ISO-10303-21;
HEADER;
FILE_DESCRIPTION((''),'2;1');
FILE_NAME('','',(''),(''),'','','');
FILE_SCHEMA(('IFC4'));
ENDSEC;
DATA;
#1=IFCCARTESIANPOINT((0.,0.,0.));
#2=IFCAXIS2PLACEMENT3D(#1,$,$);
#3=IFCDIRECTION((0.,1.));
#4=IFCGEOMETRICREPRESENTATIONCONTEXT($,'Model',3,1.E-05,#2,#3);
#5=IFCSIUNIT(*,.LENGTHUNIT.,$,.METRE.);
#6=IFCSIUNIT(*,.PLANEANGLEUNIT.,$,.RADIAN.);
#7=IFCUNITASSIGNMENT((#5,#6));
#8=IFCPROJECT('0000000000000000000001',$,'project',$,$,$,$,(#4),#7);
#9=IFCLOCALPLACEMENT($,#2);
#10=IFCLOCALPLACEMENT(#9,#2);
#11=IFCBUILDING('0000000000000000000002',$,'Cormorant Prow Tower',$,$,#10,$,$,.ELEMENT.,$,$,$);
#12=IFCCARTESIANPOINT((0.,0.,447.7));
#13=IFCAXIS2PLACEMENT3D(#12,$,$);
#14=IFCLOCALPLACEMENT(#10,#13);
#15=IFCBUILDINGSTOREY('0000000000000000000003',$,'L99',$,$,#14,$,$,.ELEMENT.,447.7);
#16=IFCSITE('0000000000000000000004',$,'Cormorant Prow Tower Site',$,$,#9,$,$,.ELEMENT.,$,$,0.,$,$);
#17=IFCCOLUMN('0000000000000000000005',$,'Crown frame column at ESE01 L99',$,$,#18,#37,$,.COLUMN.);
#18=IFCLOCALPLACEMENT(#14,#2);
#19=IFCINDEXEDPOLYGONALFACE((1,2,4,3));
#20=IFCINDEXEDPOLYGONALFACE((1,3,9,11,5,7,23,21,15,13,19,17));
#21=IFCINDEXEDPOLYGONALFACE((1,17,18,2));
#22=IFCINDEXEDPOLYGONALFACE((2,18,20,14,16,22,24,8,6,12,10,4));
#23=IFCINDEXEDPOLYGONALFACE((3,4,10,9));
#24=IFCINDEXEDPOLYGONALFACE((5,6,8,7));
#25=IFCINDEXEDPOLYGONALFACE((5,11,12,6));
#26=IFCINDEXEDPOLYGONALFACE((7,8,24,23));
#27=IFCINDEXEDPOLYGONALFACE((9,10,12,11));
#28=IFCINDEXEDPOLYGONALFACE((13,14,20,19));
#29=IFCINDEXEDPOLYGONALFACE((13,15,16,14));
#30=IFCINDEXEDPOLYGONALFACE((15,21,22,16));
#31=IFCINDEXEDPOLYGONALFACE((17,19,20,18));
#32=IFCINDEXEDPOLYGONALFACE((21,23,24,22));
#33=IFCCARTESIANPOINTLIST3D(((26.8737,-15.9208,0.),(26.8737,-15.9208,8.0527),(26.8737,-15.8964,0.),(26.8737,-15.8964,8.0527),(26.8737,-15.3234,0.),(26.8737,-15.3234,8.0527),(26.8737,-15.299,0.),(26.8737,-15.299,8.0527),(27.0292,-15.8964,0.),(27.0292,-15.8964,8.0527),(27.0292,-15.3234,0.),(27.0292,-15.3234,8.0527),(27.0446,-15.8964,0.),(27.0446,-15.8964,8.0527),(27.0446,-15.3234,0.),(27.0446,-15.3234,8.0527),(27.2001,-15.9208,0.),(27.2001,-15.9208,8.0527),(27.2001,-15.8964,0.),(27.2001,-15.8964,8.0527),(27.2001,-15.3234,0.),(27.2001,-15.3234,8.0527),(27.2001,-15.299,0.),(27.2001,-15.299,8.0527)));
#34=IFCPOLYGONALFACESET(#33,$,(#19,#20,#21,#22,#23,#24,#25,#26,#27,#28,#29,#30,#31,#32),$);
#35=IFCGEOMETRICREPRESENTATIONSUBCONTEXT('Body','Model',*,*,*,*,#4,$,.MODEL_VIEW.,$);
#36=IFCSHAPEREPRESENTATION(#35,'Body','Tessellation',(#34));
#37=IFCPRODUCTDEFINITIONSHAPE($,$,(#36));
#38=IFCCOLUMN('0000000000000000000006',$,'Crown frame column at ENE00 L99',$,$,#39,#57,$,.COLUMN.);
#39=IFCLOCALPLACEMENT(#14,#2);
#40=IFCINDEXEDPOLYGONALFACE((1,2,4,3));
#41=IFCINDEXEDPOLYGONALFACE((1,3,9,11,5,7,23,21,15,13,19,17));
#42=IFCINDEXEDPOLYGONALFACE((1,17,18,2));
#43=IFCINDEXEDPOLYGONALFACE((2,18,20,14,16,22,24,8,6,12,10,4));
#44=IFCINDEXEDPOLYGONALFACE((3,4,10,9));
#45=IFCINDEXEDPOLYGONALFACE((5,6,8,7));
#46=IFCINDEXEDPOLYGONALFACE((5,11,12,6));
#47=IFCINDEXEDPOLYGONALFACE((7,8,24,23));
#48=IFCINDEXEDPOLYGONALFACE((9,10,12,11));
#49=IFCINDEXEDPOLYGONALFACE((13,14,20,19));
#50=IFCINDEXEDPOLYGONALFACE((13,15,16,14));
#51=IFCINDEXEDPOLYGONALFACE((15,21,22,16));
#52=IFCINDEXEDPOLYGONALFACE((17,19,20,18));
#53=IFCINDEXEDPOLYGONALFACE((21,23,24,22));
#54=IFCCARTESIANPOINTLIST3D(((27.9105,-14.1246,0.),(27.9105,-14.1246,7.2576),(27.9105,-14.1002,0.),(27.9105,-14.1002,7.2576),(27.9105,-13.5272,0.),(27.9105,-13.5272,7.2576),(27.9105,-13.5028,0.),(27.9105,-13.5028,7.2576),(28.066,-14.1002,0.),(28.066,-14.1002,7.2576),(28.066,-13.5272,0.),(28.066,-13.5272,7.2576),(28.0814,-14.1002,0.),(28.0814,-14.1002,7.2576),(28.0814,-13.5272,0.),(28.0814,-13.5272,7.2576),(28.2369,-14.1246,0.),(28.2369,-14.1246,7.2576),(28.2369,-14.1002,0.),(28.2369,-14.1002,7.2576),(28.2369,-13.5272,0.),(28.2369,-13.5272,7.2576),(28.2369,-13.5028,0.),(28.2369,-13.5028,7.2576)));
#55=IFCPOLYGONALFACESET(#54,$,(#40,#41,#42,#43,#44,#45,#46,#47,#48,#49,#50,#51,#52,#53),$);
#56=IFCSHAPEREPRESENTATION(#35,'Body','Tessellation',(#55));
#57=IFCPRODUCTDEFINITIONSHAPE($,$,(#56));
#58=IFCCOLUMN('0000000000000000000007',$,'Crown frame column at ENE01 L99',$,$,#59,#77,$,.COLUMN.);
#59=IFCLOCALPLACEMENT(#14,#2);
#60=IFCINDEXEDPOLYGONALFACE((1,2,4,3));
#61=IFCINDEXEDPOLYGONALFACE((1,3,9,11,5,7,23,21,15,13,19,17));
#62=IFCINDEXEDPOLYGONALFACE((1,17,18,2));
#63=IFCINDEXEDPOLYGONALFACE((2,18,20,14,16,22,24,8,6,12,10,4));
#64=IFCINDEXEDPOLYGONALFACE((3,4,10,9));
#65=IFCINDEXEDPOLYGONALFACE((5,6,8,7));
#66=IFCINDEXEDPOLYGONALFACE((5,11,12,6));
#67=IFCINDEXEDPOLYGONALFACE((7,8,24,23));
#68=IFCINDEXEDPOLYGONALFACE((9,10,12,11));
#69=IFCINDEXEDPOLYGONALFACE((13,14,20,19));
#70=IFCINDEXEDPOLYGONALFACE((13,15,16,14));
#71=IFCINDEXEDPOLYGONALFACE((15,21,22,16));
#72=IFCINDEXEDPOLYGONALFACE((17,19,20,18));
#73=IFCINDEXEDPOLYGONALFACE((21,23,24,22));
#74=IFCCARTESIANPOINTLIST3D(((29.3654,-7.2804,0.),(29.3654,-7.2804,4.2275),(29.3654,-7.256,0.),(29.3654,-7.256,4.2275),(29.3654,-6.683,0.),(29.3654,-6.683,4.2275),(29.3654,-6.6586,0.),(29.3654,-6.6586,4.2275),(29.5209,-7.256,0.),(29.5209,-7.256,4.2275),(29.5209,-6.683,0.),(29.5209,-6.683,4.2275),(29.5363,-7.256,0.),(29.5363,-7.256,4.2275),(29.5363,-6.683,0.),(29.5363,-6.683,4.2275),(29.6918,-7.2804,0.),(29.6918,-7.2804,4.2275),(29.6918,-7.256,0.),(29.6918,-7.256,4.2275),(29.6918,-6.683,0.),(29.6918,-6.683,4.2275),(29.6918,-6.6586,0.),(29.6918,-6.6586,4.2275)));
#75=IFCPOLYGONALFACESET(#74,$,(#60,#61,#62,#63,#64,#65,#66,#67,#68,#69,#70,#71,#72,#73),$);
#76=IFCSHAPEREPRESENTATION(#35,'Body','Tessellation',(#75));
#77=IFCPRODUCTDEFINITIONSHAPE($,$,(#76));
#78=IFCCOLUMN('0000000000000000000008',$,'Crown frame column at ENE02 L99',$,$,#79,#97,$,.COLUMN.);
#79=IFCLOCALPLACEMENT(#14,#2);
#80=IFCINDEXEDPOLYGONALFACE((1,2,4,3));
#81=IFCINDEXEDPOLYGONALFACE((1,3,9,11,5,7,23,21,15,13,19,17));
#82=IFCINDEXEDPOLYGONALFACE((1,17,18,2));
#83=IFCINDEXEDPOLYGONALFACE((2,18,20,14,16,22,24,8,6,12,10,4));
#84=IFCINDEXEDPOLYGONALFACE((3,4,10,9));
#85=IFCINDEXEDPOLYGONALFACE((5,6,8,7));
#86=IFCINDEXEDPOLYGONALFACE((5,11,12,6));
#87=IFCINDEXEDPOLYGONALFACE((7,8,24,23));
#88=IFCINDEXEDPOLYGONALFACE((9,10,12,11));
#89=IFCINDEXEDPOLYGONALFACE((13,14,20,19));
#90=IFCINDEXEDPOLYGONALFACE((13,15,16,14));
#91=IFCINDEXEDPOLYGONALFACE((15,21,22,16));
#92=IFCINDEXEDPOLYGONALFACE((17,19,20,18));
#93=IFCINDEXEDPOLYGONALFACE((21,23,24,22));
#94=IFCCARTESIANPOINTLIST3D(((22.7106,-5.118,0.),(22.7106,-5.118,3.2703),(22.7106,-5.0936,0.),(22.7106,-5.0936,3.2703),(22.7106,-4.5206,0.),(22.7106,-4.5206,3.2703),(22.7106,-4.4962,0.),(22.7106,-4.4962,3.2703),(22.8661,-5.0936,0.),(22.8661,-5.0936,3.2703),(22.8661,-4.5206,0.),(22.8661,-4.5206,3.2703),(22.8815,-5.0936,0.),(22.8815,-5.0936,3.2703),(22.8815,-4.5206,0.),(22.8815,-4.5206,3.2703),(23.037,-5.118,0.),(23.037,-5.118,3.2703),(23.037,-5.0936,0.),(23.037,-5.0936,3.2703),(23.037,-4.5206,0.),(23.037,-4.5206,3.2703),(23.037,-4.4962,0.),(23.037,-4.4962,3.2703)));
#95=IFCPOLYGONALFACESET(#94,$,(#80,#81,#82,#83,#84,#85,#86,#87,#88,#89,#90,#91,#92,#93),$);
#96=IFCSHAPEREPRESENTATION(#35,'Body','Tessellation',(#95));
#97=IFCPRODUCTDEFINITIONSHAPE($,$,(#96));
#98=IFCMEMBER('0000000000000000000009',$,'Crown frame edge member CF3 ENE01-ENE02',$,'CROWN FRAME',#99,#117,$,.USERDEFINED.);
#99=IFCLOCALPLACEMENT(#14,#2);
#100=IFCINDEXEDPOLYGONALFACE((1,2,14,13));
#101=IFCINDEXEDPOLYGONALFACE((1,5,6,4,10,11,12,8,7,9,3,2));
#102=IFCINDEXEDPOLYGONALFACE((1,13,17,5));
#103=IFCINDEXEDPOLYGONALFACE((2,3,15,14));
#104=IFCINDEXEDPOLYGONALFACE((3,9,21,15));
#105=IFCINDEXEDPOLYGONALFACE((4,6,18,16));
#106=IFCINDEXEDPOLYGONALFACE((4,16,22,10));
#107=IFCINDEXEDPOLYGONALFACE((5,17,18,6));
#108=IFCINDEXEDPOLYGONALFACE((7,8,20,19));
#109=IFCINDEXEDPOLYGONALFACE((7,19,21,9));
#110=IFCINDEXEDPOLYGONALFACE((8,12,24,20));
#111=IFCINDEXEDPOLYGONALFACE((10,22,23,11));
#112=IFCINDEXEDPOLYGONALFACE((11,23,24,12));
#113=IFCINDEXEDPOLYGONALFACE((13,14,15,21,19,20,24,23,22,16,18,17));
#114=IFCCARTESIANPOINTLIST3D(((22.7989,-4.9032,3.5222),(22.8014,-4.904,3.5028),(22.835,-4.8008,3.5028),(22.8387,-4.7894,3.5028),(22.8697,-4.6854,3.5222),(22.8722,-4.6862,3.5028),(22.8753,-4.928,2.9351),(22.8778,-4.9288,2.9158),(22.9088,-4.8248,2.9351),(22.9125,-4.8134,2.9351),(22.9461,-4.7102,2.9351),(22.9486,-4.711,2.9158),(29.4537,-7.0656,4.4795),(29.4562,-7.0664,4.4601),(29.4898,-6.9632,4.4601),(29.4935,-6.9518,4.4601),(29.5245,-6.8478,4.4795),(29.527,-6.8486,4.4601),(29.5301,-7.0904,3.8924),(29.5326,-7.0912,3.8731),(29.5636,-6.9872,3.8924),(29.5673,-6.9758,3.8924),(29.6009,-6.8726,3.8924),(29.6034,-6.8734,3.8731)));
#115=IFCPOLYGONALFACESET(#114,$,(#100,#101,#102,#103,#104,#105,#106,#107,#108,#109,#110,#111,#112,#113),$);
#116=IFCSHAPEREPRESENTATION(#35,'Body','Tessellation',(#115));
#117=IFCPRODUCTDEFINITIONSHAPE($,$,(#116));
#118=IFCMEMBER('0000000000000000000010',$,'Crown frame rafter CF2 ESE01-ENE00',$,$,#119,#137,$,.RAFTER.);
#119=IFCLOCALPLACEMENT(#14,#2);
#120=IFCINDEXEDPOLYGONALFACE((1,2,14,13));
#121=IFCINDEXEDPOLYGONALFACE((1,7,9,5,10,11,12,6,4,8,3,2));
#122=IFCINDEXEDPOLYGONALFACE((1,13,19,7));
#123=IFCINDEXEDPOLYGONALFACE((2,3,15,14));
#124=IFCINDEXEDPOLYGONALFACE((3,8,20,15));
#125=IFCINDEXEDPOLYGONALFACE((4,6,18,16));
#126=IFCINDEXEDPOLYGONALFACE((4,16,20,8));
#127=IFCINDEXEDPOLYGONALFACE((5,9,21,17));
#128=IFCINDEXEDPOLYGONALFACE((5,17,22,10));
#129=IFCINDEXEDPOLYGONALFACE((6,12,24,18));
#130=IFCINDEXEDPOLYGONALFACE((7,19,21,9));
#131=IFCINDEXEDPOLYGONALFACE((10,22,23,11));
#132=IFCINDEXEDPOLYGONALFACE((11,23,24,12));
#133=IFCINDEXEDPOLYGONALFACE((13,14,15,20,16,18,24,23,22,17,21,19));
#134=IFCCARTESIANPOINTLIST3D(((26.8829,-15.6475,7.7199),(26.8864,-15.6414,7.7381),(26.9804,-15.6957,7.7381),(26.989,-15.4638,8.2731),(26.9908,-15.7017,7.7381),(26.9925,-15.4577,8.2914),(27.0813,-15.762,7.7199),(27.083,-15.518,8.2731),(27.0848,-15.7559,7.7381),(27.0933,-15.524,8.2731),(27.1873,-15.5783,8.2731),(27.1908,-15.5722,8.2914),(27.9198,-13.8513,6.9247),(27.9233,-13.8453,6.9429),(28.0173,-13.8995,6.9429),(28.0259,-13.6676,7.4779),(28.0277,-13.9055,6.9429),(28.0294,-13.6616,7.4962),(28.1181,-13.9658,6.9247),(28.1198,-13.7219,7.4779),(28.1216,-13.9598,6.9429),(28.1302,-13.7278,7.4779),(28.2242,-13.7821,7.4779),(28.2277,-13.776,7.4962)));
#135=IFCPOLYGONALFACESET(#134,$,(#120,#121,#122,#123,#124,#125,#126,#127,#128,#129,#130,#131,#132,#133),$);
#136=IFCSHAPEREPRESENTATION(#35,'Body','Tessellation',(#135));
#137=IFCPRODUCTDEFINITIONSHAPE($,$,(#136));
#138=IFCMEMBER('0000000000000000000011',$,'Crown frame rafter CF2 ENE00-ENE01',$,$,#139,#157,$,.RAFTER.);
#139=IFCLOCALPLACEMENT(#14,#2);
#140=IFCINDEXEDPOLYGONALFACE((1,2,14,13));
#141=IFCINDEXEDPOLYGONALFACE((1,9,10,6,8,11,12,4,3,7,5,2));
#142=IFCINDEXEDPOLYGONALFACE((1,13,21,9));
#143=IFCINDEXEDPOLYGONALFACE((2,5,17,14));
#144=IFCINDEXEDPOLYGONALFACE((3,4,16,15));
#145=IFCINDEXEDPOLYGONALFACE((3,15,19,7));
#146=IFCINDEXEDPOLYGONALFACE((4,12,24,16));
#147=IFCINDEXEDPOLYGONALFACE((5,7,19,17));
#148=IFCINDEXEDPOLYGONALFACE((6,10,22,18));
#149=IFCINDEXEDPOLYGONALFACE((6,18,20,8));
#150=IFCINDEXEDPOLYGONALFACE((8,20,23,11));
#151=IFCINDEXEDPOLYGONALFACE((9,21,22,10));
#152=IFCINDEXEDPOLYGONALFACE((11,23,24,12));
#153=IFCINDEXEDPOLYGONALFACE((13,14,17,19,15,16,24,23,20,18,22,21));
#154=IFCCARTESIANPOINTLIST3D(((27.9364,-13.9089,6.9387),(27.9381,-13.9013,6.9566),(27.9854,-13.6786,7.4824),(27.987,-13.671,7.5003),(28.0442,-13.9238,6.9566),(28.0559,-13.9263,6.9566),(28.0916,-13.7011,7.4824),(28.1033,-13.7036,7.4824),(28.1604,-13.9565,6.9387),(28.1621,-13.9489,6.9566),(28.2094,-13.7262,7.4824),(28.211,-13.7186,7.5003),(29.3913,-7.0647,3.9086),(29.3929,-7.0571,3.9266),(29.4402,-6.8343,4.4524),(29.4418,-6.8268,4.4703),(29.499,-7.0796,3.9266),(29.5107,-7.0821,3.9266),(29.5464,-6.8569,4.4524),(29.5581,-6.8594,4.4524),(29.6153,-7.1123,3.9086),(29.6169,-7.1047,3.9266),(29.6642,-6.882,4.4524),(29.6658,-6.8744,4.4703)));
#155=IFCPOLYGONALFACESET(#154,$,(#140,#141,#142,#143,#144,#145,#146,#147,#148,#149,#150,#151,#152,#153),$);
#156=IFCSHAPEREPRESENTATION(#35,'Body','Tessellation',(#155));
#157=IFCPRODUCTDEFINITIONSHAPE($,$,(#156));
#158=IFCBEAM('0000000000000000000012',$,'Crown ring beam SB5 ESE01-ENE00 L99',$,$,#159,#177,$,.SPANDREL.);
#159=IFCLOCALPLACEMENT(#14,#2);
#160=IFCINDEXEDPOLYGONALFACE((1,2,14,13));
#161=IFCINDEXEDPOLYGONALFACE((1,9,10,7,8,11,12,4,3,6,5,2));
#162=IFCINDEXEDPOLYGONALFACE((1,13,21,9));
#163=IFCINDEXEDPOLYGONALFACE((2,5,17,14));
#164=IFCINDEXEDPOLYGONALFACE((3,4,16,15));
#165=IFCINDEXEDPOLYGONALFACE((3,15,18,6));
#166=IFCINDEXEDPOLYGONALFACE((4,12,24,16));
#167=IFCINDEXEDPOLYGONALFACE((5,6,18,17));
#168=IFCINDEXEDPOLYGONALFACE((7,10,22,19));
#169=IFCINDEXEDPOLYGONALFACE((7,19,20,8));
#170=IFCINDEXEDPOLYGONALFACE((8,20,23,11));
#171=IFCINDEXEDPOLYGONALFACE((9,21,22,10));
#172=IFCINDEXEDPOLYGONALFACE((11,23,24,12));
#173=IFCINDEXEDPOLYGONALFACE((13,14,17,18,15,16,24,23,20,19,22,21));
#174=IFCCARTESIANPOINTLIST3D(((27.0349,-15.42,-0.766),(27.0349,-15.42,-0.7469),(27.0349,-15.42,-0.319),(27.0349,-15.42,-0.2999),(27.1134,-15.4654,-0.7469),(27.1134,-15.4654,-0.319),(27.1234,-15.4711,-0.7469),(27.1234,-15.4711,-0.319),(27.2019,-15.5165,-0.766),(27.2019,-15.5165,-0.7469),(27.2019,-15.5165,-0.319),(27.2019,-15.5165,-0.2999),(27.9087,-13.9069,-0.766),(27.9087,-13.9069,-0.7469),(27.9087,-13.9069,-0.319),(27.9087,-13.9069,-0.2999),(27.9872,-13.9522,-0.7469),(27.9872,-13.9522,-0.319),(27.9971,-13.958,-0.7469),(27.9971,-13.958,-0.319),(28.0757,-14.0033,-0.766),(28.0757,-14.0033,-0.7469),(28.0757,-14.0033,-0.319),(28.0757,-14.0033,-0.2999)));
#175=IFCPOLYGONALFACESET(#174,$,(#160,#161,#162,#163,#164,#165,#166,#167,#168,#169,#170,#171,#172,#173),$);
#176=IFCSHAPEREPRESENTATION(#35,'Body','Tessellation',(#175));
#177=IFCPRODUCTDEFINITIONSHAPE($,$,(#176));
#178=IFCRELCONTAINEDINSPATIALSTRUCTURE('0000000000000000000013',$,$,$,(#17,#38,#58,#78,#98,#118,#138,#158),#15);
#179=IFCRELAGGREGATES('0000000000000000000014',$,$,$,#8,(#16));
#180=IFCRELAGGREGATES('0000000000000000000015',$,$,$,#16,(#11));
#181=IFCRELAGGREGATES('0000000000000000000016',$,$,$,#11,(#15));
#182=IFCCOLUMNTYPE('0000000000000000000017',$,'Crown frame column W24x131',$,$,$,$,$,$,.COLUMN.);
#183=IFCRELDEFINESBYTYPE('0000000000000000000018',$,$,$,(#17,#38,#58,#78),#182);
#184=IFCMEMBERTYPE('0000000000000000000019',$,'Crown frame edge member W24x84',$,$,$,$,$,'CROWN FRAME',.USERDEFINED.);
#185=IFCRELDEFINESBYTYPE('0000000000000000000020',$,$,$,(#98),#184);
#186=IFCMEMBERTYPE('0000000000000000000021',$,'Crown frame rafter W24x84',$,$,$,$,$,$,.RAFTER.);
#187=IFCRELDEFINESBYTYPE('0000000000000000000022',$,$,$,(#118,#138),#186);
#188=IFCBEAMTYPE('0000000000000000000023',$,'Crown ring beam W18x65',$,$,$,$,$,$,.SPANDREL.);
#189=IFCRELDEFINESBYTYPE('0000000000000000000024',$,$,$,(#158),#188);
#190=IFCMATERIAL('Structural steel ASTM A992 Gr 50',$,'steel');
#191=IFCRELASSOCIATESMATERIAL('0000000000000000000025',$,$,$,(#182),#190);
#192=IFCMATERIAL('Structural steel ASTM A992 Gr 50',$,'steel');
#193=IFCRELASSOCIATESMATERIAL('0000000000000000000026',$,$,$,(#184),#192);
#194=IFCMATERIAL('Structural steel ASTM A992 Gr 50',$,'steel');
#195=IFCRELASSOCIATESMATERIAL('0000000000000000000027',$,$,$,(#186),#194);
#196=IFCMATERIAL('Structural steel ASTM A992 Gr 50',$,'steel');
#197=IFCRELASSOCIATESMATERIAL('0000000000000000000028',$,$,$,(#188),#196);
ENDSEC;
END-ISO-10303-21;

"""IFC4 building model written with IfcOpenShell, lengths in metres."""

from ifc_helpers import new_model, si_unit, direction, frame, origin, origin_2d, place, context, subcontext, project, spatial, i_section, extrude, material, material_profile, profile_set, type_object, element, save


model = new_model("IFC4")

# Units and contexts
model_context = context("Model", 3, precision=1e-05, world=origin(), true_north=direction((0.0, 1.0)))
body_context = subcontext(model_context, "Body", "Model", "MODEL_VIEW")
ifc_project = project(units=[si_unit("LENGTHUNIT", "METRE"), si_unit("PLANEANGLEUNIT", "RADIAN")], contexts=[model_context])

# Site, building, storey
site_placement = place(None, origin())
site = spatial("IfcSite", under=ifc_project, at=site_placement, Name="Cormorant Prow Tower Site", CompositionType="ELEMENT", RefElevation=0.0)
building_placement = place(site_placement, origin())
building = spatial("IfcBuilding", under=site, at=building_placement, Name="Cormorant Prow Tower", CompositionType="ELEMENT")
storey_placement = place(building_placement, frame((0.0, 0.0, 447.7)))
storey = spatial("IfcBuildingStorey", under=building, at=storey_placement, Name="L99", CompositionType="ELEMENT", Elevation=447.7)

# Columns
ifc_material_1 = material(Name="Structural steel ASTM A992 Gr 50", Category="steel")
ifc_material_profile_1 = material_profile(ifc_material_1, i_section(OverallWidth=0.3264, OverallDepth=0.6218, WebThickness=0.0154, FlangeThickness=0.0244, at=origin_2d()), Name="W24x131")
ifc_profile_set_1 = profile_set([ifc_material_profile_1], Name="Structural steel ASTM A992 Gr 50")
column_type = type_object("IfcColumnType", Name="Crown frame column W24x131", PredefinedType="COLUMN", material=ifc_profile_set_1)
column_1_placement = place(storey_placement, frame((27.0369, -15.6099, 0.0), z_axis=(0.0, 0.0, 1.0), x_axis=(1.0, 0.0, 0.0)))
element("IfcColumn", 1, at=column_1_placement, inside=storey, type_object=column_type, Name="Crown frame column at ESE01 L99", PredefinedType="COLUMN", context=body_context, shape_type="SweptSolid", body=[
    extrude(i_section(OverallWidth=0.3264, OverallDepth=0.6218, WebThickness=0.0154, FlangeThickness=0.0244, at=origin_2d()), origin(), (0.0, 0.0, 1.0), 8.0527),
])
column_2_placement = place(storey_placement, frame((28.0737, -13.8137, 0.0), z_axis=(0.0, 0.0, 1.0), x_axis=(1.0, 0.0, 0.0)))
element("IfcColumn", 2, at=column_2_placement, inside=storey, type_object=column_type, Name="Crown frame column at ENE00 L99", PredefinedType="COLUMN", context=body_context, shape_type="SweptSolid", body=[
    extrude(i_section(OverallWidth=0.3264, OverallDepth=0.6218, WebThickness=0.0154, FlangeThickness=0.0244, at=origin_2d()), origin(), (0.0, 0.0, 1.0), 7.2576),
])
column_3_placement = place(storey_placement, frame((29.5286, -6.9695, 0.0), z_axis=(0.0, 0.0, 1.0), x_axis=(1.0, 0.0, 0.0)))
element("IfcColumn", 3, at=column_3_placement, inside=storey, type_object=column_type, Name="Crown frame column at ENE01 L99", PredefinedType="COLUMN", context=body_context, shape_type="SweptSolid", body=[
    extrude(i_section(OverallWidth=0.3264, OverallDepth=0.6218, WebThickness=0.0154, FlangeThickness=0.0244, at=origin_2d()), origin(), (0.0, 0.0, 1.0), 4.2275),
])
column_4_placement = place(storey_placement, frame((22.8738, -4.8071, 0.0), z_axis=(0.0, 0.0, 1.0), x_axis=(1.0, 0.0, 0.0)))
element("IfcColumn", 4, at=column_4_placement, inside=storey, type_object=column_type, Name="Crown frame column at ENE02 L99", PredefinedType="COLUMN", context=body_context, shape_type="SweptSolid", body=[
    extrude(i_section(OverallWidth=0.3264, OverallDepth=0.6218, WebThickness=0.0154, FlangeThickness=0.0244, at=origin_2d()), origin(), (0.0, 0.0, 1.0), 3.2703),
])

# Members
ifc_material_2 = material(Name="Structural steel ASTM A992 Gr 50", Category="steel")
ifc_material_profile_2 = material_profile(ifc_material_2, i_section(OverallWidth=0.229, OverallDepth=0.6121, WebThickness=0.012, FlangeThickness=0.0195, at=origin_2d()), Name="W24x84")
ifc_profile_set_2 = profile_set([ifc_material_profile_2], Name="Structural steel ASTM A992 Gr 50")
member_type_1 = type_object("IfcMemberType", Name="Crown frame edge member W24x84", ElementType="CROWN FRAME", PredefinedType="USERDEFINED", material=ifc_profile_set_2)
member_1_placement = place(storey_placement, frame((29.5286, -6.9695, 4.1763), z_axis=(-0.942276, 0.306176, -0.135544), x_axis=(-0.309028, -0.951053, 0.0)))
element("IfcMember", 5, at=member_1_placement, inside=storey, type_object=member_type_1, Name="Crown frame edge member CF3 ENE01-ENE02", ObjectType="CROWN FRAME", PredefinedType="USERDEFINED", context=body_context, shape_type="SweptSolid", body=[
    extrude(i_section(OverallWidth=0.229, OverallDepth=0.6121, WebThickness=0.012, FlangeThickness=0.0195, at=origin_2d()), origin(), (0.0, 0.0, 1.0), 7.0625),
])
ifc_material_3 = material(Name="Structural steel ASTM A992 Gr 50", Category="steel")
ifc_material_profile_3 = material_profile(ifc_material_3, i_section(OverallWidth=0.229, OverallDepth=0.6121, WebThickness=0.012, FlangeThickness=0.0195, at=origin_2d()), Name="W24x84")
ifc_profile_set_3 = profile_set([ifc_material_profile_3], Name="Structural steel ASTM A992 Gr 50")
member_type_2 = type_object("IfcMemberType", Name="Crown frame rafter W24x84", PredefinedType="RAFTER", material=ifc_profile_set_3)
member_2_placement = place(storey_placement, frame((27.0369, -15.6099, 8.0056), z_axis=(0.466815, 0.808654, -0.357997), x_axis=(-0.866054, 0.49995, 0.0)))
element("IfcMember", 6, at=member_2_placement, inside=storey, type_object=member_type_2, Name="Crown frame rafter CF2 ESE01-ENE00", PredefinedType="RAFTER", context=body_context, shape_type="SweptSolid", body=[
    extrude(i_section(OverallWidth=0.229, OverallDepth=0.6121, WebThickness=0.012, FlangeThickness=0.0195, at=origin_2d()), origin(), (0.0, 0.0, 1.0), 2.2212),
])
member_3_placement = place(storey_placement, frame((28.0737, -13.8137, 7.2195), z_axis=(0.190797, 0.8976, -0.397379), x_axis=(-0.978146, 0.207918, 0.0)))
element("IfcMember", 7, at=member_3_placement, inside=storey, type_object=member_type_2, Name="Crown frame rafter CF2 ENE00-ENE01", PredefinedType="RAFTER", context=body_context, shape_type="SweptSolid", body=[
    extrude(i_section(OverallWidth=0.229, OverallDepth=0.6121, WebThickness=0.012, FlangeThickness=0.0195, at=origin_2d()), origin(), (0.0, 0.0, 1.0), 7.625),
])

# Beam
ifc_material_4 = material(Name="Structural steel ASTM A992 Gr 50", Category="steel")
ifc_material_profile_4 = material_profile(ifc_material_4, i_section(OverallWidth=0.1929, OverallDepth=0.4661, WebThickness=0.0115, FlangeThickness=0.019, at=origin_2d()), Name="W18x65")
ifc_profile_set_4 = profile_set([ifc_material_profile_4], Name="Structural steel ASTM A992 Gr 50")
beam_type = type_object("IfcBeamType", Name="Crown ring beam W18x65", PredefinedType="SPANDREL", material=ifc_profile_set_4)
beam_placement = place(storey_placement, frame((27.1184, -15.4683, -0.533), z_axis=(0.500061, 0.86599, 0.0), x_axis=(-0.86599, 0.500061, 0.0)))
element("IfcBeam", 8, at=beam_placement, inside=storey, type_object=beam_type, Name="Crown ring beam SB5 ESE01-ENE00 L99", PredefinedType="SPANDREL", context=body_context, shape_type="SweptSolid", body=[
    extrude(i_section(OverallWidth=0.1929, OverallDepth=0.4661, WebThickness=0.0115, FlangeThickness=0.019, at=origin_2d()), origin(), (0.0, 0.0, 1.0), 1.7473),
])

save(model, "model.ifc")
